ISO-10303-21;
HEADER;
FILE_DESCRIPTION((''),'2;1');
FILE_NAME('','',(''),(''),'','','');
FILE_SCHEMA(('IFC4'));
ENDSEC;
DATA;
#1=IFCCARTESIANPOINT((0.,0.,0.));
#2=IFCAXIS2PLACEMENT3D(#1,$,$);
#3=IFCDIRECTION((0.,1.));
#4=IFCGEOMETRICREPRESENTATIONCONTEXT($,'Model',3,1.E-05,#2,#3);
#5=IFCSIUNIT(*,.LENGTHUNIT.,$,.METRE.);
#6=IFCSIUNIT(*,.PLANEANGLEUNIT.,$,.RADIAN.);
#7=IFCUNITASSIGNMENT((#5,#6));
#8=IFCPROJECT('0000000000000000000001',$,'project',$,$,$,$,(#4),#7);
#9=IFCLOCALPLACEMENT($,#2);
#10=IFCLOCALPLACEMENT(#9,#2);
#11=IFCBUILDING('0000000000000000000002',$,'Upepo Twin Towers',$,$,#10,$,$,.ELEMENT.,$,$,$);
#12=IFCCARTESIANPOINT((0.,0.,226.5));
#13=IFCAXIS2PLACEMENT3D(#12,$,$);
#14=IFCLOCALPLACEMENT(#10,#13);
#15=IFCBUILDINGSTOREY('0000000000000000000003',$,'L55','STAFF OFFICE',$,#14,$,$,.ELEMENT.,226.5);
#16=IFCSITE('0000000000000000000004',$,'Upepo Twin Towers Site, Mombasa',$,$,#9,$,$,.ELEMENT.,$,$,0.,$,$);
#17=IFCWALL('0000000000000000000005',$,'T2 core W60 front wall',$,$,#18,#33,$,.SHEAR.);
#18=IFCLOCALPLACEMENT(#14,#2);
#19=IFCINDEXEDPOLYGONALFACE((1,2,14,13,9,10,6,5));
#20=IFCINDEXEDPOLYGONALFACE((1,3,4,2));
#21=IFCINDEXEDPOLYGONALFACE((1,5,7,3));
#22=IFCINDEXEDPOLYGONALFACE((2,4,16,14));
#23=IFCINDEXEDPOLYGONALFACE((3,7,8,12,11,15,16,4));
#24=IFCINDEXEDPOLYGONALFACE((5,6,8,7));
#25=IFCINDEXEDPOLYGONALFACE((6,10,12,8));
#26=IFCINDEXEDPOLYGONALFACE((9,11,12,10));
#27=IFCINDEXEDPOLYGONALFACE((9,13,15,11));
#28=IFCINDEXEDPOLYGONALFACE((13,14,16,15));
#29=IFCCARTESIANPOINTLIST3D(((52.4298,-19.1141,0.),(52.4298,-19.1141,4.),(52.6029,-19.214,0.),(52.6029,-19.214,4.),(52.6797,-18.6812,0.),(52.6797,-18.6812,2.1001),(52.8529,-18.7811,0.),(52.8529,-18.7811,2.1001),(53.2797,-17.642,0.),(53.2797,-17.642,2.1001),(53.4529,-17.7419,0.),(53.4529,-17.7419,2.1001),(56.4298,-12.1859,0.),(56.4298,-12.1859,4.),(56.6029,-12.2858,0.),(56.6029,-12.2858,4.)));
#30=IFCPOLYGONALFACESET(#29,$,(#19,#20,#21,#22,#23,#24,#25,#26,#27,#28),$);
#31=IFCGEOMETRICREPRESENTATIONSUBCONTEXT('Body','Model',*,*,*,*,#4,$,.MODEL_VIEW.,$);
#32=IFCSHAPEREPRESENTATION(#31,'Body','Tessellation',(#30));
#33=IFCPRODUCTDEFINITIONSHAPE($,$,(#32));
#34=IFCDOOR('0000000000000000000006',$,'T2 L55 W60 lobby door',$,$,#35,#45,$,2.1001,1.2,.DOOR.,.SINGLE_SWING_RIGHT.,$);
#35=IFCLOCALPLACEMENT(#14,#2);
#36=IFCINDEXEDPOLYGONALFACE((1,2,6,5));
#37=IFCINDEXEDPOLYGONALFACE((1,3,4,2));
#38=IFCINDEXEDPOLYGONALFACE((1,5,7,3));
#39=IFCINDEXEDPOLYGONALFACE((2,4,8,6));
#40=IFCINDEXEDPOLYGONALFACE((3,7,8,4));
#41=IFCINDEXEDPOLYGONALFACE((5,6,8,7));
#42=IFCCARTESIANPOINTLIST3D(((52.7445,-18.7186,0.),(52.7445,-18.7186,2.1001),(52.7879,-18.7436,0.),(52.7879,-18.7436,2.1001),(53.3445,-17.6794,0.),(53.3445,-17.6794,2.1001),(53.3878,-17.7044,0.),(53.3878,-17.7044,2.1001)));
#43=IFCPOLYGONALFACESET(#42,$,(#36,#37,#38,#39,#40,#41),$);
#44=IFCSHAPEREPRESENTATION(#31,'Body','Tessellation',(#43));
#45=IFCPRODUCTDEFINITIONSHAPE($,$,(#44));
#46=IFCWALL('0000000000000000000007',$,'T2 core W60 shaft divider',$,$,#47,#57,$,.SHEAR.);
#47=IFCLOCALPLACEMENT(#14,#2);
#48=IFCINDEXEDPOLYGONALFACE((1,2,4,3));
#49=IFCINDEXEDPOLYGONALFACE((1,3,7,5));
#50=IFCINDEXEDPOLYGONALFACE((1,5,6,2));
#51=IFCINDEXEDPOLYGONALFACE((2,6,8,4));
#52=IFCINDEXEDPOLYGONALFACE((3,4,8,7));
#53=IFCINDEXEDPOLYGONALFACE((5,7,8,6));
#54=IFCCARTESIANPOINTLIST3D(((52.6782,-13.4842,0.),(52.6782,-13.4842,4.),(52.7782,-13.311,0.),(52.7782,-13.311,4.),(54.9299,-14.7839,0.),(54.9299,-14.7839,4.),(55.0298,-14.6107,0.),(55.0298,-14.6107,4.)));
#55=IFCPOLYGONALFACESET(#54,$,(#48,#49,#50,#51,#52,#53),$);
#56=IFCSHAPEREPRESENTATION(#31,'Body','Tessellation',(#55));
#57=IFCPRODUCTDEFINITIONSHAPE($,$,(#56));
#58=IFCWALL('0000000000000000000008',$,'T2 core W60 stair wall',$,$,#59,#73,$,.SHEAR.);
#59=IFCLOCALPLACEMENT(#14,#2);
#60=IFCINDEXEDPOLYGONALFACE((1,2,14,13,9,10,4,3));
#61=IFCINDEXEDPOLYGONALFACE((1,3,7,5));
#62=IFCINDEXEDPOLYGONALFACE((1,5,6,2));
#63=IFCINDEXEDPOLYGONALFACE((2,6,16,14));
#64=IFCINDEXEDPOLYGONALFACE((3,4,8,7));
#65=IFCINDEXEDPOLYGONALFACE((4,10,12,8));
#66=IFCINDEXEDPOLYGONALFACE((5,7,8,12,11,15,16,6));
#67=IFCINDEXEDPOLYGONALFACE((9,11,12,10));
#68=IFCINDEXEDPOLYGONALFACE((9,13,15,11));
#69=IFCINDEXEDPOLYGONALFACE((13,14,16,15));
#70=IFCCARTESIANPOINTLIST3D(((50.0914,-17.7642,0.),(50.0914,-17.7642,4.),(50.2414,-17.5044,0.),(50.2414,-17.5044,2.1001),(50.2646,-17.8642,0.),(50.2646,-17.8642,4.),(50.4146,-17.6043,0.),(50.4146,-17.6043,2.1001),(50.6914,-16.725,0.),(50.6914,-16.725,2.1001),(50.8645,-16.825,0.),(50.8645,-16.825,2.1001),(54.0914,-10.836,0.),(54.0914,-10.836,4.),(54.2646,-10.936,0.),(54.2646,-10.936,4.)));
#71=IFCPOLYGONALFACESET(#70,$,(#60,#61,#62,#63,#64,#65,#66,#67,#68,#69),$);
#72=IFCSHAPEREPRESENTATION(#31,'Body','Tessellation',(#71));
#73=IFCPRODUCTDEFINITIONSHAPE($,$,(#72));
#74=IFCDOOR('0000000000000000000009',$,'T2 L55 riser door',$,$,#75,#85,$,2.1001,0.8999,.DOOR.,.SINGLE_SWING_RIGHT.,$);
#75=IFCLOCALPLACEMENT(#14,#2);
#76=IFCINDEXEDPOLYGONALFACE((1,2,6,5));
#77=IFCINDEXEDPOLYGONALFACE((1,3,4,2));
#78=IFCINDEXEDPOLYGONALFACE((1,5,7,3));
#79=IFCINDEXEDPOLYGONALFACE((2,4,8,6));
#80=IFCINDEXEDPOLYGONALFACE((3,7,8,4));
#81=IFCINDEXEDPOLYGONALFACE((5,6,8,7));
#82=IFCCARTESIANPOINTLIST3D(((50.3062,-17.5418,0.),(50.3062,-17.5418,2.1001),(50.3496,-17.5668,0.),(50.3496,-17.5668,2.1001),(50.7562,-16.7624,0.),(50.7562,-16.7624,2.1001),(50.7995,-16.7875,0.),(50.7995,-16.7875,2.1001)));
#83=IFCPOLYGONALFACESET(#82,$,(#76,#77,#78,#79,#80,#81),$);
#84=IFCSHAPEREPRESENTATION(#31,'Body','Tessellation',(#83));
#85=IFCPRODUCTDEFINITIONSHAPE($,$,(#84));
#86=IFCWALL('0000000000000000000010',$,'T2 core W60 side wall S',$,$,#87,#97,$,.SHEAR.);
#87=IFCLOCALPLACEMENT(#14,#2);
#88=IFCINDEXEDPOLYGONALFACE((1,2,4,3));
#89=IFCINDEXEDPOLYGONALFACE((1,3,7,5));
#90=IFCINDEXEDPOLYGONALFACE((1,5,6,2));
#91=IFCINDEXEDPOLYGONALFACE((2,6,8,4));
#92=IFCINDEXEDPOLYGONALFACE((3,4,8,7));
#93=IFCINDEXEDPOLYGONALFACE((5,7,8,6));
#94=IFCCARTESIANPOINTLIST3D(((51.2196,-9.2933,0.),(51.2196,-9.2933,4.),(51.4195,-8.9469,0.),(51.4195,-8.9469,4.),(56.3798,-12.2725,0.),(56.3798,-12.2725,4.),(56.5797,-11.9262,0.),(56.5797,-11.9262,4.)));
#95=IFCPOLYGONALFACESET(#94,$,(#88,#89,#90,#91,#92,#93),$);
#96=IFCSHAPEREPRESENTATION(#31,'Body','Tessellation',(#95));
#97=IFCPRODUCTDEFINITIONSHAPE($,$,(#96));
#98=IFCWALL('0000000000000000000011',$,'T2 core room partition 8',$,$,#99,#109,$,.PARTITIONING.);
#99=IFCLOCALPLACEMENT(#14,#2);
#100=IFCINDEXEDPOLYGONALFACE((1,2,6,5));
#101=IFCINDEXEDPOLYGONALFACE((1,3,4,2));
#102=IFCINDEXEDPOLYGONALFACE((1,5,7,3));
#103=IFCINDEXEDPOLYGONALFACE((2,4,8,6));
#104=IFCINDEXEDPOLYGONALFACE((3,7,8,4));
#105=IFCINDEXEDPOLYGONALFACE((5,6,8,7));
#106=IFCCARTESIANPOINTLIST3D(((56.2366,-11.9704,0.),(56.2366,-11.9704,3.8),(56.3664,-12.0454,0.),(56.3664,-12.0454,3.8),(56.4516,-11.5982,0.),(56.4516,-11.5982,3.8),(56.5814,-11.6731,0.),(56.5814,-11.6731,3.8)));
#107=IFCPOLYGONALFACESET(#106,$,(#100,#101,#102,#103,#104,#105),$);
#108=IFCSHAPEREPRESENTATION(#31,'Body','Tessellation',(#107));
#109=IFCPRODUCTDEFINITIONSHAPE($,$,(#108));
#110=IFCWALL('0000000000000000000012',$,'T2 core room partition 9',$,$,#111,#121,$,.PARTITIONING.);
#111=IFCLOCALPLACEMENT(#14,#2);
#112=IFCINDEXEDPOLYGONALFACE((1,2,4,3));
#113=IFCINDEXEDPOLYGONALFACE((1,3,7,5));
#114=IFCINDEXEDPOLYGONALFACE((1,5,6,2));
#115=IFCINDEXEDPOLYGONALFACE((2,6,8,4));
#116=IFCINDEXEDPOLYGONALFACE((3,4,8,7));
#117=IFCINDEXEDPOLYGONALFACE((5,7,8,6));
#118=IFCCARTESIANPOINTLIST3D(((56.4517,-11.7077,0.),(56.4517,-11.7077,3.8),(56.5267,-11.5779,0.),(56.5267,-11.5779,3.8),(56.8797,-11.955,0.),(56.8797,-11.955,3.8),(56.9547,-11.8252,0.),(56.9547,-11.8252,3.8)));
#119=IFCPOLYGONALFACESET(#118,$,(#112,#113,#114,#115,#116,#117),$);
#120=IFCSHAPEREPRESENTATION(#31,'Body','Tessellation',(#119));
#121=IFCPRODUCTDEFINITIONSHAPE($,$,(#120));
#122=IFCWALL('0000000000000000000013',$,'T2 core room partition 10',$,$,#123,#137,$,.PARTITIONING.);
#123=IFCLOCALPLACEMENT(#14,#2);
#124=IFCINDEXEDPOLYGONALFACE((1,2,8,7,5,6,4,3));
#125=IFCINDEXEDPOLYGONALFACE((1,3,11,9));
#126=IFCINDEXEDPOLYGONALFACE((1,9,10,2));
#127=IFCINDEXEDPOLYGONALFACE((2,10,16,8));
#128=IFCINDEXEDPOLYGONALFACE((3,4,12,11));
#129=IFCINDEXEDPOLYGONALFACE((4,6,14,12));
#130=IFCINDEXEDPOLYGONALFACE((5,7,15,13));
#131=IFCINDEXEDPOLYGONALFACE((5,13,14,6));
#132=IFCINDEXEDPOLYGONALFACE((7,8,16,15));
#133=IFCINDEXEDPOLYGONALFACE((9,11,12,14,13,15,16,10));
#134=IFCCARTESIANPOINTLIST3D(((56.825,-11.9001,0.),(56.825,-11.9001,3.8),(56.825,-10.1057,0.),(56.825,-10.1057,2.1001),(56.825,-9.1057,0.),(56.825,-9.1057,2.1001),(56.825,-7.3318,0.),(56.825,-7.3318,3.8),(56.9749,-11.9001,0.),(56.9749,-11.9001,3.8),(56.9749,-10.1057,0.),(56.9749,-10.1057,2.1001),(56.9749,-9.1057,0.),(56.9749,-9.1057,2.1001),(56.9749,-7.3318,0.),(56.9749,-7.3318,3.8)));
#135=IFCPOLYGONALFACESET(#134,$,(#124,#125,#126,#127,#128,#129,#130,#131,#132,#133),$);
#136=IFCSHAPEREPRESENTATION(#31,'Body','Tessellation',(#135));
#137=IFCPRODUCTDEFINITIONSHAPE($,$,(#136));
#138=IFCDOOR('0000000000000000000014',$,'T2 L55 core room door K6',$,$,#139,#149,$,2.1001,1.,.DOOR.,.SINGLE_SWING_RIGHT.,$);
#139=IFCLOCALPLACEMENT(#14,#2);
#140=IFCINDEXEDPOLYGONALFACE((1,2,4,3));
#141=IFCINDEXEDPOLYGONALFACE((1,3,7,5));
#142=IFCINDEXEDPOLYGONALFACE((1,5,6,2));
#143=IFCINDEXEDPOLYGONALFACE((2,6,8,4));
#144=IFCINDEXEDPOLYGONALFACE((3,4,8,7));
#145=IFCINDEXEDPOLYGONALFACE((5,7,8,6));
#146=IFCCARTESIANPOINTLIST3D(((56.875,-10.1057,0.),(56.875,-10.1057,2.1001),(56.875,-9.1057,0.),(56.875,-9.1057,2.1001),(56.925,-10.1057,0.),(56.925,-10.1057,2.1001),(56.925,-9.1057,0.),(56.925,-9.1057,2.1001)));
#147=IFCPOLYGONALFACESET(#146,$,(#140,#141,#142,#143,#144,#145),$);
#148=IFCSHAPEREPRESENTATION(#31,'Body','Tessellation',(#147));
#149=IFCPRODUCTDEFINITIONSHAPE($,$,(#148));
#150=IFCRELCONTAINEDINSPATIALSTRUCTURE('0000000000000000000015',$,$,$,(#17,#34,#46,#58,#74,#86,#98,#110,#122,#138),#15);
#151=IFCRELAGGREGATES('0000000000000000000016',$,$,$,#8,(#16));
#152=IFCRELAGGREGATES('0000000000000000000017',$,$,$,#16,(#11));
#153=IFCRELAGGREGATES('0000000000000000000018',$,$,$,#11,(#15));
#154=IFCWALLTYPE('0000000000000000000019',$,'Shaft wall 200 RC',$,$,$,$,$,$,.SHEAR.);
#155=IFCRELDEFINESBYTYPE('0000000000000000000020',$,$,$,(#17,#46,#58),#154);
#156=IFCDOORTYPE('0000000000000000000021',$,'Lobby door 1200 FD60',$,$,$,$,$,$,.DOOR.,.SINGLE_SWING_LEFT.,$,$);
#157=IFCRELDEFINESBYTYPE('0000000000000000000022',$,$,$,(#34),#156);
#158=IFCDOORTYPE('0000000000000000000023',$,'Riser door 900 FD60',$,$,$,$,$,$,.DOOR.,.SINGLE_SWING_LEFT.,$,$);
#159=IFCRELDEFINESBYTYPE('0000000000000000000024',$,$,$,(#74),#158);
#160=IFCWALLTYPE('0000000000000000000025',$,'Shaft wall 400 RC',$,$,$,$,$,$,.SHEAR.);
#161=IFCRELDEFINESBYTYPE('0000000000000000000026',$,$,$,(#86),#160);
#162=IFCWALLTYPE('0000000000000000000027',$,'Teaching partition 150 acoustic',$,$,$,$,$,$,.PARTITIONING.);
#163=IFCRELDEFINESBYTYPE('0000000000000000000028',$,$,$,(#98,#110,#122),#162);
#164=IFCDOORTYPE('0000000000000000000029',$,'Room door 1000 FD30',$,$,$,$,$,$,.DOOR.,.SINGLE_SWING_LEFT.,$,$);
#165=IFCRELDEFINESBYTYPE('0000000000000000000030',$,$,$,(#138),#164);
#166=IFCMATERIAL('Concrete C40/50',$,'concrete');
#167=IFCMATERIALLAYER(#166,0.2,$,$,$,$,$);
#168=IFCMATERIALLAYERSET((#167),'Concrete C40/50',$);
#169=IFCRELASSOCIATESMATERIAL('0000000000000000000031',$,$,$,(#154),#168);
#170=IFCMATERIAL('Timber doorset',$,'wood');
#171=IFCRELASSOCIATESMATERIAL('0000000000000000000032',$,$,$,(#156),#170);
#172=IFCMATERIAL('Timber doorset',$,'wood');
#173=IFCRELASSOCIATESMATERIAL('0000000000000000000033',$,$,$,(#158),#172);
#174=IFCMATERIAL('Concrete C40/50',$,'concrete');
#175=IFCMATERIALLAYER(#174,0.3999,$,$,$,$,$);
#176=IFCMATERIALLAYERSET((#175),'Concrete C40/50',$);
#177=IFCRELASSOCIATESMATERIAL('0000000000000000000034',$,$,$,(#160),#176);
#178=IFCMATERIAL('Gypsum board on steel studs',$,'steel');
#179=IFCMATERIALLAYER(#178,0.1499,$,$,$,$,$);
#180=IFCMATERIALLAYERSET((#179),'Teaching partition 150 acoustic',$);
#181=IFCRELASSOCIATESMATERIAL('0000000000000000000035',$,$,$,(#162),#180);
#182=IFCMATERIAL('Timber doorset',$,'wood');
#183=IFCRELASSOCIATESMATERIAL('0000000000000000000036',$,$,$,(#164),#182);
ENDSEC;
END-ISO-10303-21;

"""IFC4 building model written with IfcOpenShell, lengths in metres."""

from ifc_helpers import new_model, si_unit, direction, frame, frame_2d, origin, place, context, subcontext, project, spatial, rectangle, extrude, material, layer, layer_set, type_object, element, fill, save


model = new_model("IFC4")

# Units and contexts
model_context = context("Model", 3, precision=1e-05, world=origin(), true_north=direction((0.0, 1.0)))
body_context = subcontext(model_context, "Body", "Model", "MODEL_VIEW")
ifc_project = project(units=[si_unit("LENGTHUNIT", "METRE"), si_unit("PLANEANGLEUNIT", "RADIAN")], contexts=[model_context])

# Site, building, storey
site_placement = place(None, origin())
site = spatial("IfcSite", under=ifc_project, at=site_placement, Name="Upepo Twin Towers Site, Mombasa", CompositionType="ELEMENT", RefElevation=0.0)
building_placement = place(site_placement, origin())
building = spatial("IfcBuilding", under=site, at=building_placement, Name="Upepo Twin Towers", CompositionType="ELEMENT")
storey_placement = place(building_placement, frame((0.0, 0.0, 226.5)))
storey = spatial("IfcBuildingStorey", under=building, at=storey_placement, Name="L55", Description="STAFF OFFICE", CompositionType="ELEMENT", Elevation=226.5)

# Wall, opening, door
ifc_material_1 = material(Name="Concrete C40/50", Category="concrete")
ifc_layer_1 = layer(ifc_material_1, 0.2)
ifc_layer_set_1 = layer_set([ifc_layer_1], Name="Concrete C40/50")
wall_type_1 = type_object("IfcWallType", Name="Shaft wall 200 RC", PredefinedType="SHEAR", material=ifc_layer_set_1)
wall_1_placement = place(storey_placement, frame((56.5164, -12.2358, 0.0), z_axis=(0.0, 0.0, 1.0), x_axis=(-0.499999, -0.866026, 0.0)))
wall_1 = element("IfcWall", 1, at=wall_1_placement, inside=storey, type_object=wall_type_1, Name="T2 core W60 front wall", PredefinedType="SHEAR", context=body_context, shape_type="SweptSolid", body=[
    extrude(rectangle(XDim=8.0, YDim=0.2, at=frame_2d((4.0, 0.0))), origin(), (0.0, 0.0, 1.0), 4.0),
])
opening_1_placement = place(wall_1_placement, frame((6.3, 0.0, 0.0)))
opening_1 = element("IfcOpeningElement", 2, at=opening_1_placement, cuts=wall_1, PredefinedType="OPENING", context=body_context, shape_type="SweptSolid", body=[
    extrude(rectangle(XDim=1.2, YDim=2.1001, at=frame_2d((0.6001, 1.05))), frame((0.0, 0.1099, 0.0), z_axis=(0.0, -1.0, 0.0), x_axis=(1.0, 0.0, 0.0)), (0.0, 0.0, 1.0), 0.22),
])
ifc_material_2 = material(Name="Timber doorset", Category="wood")
door_type_1 = type_object("IfcDoorType", Name="Lobby door 1200 FD60", OperationType="SINGLE_SWING_LEFT", PredefinedType="DOOR", material=ifc_material_2)
door_1_placement = place(opening_1_placement, origin())
door_1 = element("IfcDoor", 3, at=door_1_placement, inside=storey, type_object=door_type_1, Name="T2 L55 W60 lobby door", OperationType="SINGLE_SWING_RIGHT", OverallHeight=2.1001, OverallWidth=1.2, PredefinedType="DOOR", context=body_context, shape_type="SweptSolid", body=[
    extrude(rectangle(XDim=1.2, YDim=2.1001, at=frame_2d((0.6001, 1.05))), frame((0.0, 0.0249, 0.0), z_axis=(0.0, -1.0, 0.0), x_axis=(1.0, 0.0, 0.0)), (0.0, 0.0, 1.0), 0.05),
])
fill(opening_1, door_1)

# Wall
wall_2_placement = place(storey_placement, frame((54.9797, -14.6973, 0.0), z_axis=(0.0, 0.0, 1.0), x_axis=(-0.866062, 0.499937, 0.0)))
element("IfcWall", 4, at=wall_2_placement, inside=storey, type_object=wall_type_1, Name="T2 core W60 shaft divider", PredefinedType="SHEAR", context=body_context, shape_type="SweptSolid", body=[
    extrude(rectangle(XDim=2.5999, YDim=0.2, at=frame_2d((1.2998, 0.0))), origin(), (0.0, 0.0, 1.0), 4.0),
])

# Wall, opening, door
wall_3_placement = place(storey_placement, frame((54.178, -10.886, 0.0), z_axis=(0.0, 0.0, 1.0), x_axis=(-0.499999, -0.866026, 0.0)))
wall_3 = element("IfcWall", 5, at=wall_3_placement, inside=storey, type_object=wall_type_1, Name="T2 core W60 stair wall", PredefinedType="SHEAR", context=body_context, shape_type="SweptSolid", body=[
    extrude(rectangle(XDim=8.0, YDim=0.2, at=frame_2d((4.0, 0.0))), origin(), (0.0, 0.0, 1.0), 4.0),
])
opening_2_placement = place(wall_3_placement, frame((6.8, 0.0, 0.0)))
opening_2 = element("IfcOpeningElement", 6, at=opening_2_placement, cuts=wall_3, PredefinedType="OPENING", context=body_context, shape_type="SweptSolid", body=[
    extrude(rectangle(XDim=0.8999, YDim=2.1001, at=frame_2d((0.45, 1.05))), frame((0.0, 0.1099, 0.0), z_axis=(0.0, -1.0, 0.0), x_axis=(1.0, 0.0, 0.0)), (0.0, 0.0, 1.0), 0.22),
])
ifc_material_3 = material(Name="Timber doorset", Category="wood")
door_type_2 = type_object("IfcDoorType", Name="Riser door 900 FD60", OperationType="SINGLE_SWING_LEFT", PredefinedType="DOOR", material=ifc_material_3)
door_2_placement = place(opening_2_placement, origin())
door_2 = element("IfcDoor", 7, at=door_2_placement, inside=storey, type_object=door_type_2, Name="T2 L55 riser door", OperationType="SINGLE_SWING_RIGHT", OverallHeight=2.1001, OverallWidth=0.8999, PredefinedType="DOOR", context=body_context, shape_type="SweptSolid", body=[
    extrude(rectangle(XDim=0.8999, YDim=2.1001, at=frame_2d((0.45, 1.05))), frame((0.0, 0.0249, 0.0), z_axis=(0.0, -1.0, 0.0), x_axis=(1.0, 0.0, 0.0)), (0.0, 0.0, 1.0), 0.05),
])
fill(opening_2, door_2)

# Walls
ifc_material_4 = material(Name="Concrete C40/50", Category="concrete")
ifc_layer_2 = layer(ifc_material_4, 0.3999)
ifc_layer_set_2 = layer_set([ifc_layer_2], Name="Concrete C40/50")
wall_type_2 = type_object("IfcWallType", Name="Shaft wall 400 RC", PredefinedType="SHEAR", material=ifc_layer_set_2)
wall_4_placement = place(storey_placement, frame((56.4797, -12.0994, 0.0), z_axis=(0.0, 0.0, 1.0), x_axis=(-0.866023, 0.500004, 0.0)))
element("IfcWall", 8, at=wall_4_placement, inside=storey, type_object=wall_type_2, Name="T2 core W60 side wall S", PredefinedType="SHEAR", context=body_context, shape_type="SweptSolid", body=[
    extrude(rectangle(XDim=5.9585, YDim=0.3999, at=frame_2d((2.9792, 0.0))), origin(), (0.0, 0.0, 1.0), 4.0),
])
ifc_material_5 = material(Name="Gypsum board on steel studs", Category="steel")
ifc_layer_3 = layer(ifc_material_5, 0.1499)
ifc_layer_set_3 = layer_set([ifc_layer_3], Name="Teaching partition 150 acoustic")
wall_type_3 = type_object("IfcWallType", Name="Teaching partition 150 acoustic", PredefinedType="PARTITIONING", material=ifc_layer_set_3)
wall_5_placement = place(storey_placement, frame((56.3015, -12.0078, 0.0), z_axis=(0.0, 0.0, 1.0), x_axis=(0.50023, 0.865892, 0.0)))
element("IfcWall", 9, at=wall_5_placement, inside=storey, type_object=wall_type_3, Name="T2 core room partition 8", PredefinedType="PARTITIONING", context=body_context, shape_type="SweptSolid", body=[
    extrude(rectangle(XDim=0.4299, YDim=0.1499, at=frame_2d((0.2148, 0.0))), origin(), (0.0, 0.0, 1.0), 3.8),
])
wall_6_placement = place(storey_placement, frame((56.4893, -11.6428, 0.0), z_axis=(0.0, 0.0, 1.0), x_axis=(0.865832, -0.500335, 0.0)))
element("IfcWall", 10, at=wall_6_placement, inside=storey, type_object=wall_type_3, Name="T2 core room partition 9", PredefinedType="PARTITIONING", context=body_context, shape_type="SweptSolid", body=[
    extrude(rectangle(XDim=0.4944, YDim=0.1499, at=frame_2d((0.2471, 0.0))), origin(), (0.0, 0.0, 1.0), 3.8),
])

# Wall, opening, door
wall_7_placement = place(storey_placement, frame((56.8999, -11.9001, 0.0), z_axis=(0.0, 0.0, 1.0), x_axis=(0.0, 1.0, 0.0)))
wall_7 = element("IfcWall", 11, at=wall_7_placement, inside=storey, type_object=wall_type_3, Name="T2 core room partition 10", PredefinedType="PARTITIONING", context=body_context, shape_type="SweptSolid", body=[
    extrude(rectangle(XDim=4.5684, YDim=0.1499, at=frame_2d((2.2842, 0.0))), origin(), (0.0, 0.0, 1.0), 3.8),
])
opening_3_placement = place(wall_7_placement, frame((1.7944, 0.0, 0.0)))
opening_3 = element("IfcOpeningElement", 12, at=opening_3_placement, cuts=wall_7, PredefinedType="OPENING", context=body_context, shape_type="SweptSolid", body=[
    extrude(rectangle(XDim=1.0, YDim=2.1001, at=frame_2d((0.5, 1.05))), frame((0.0, 0.085, 0.0), z_axis=(0.0, -1.0, 0.0), x_axis=(1.0, 0.0, 0.0)), (0.0, 0.0, 1.0), 0.1699),
])
ifc_material_6 = material(Name="Timber doorset", Category="wood")
door_type_3 = type_object("IfcDoorType", Name="Room door 1000 FD30", OperationType="SINGLE_SWING_LEFT", PredefinedType="DOOR", material=ifc_material_6)
door_3_placement = place(opening_3_placement, origin())
door_3 = element("IfcDoor", 13, at=door_3_placement, inside=storey, type_object=door_type_3, Name="T2 L55 core room door K6", OperationType="SINGLE_SWING_RIGHT", OverallHeight=2.1001, OverallWidth=1.0, PredefinedType="DOOR", context=body_context, shape_type="SweptSolid", body=[
    extrude(rectangle(XDim=1.0, YDim=2.1001, at=frame_2d((0.5, 1.05))), frame((0.0, 0.0249, 0.0), z_axis=(0.0, -1.0, 0.0), x_axis=(1.0, 0.0, 0.0)), (0.0, 0.0, 1.0), 0.05),
])
fill(opening_3, door_3)

save(model, "model.ifc")
